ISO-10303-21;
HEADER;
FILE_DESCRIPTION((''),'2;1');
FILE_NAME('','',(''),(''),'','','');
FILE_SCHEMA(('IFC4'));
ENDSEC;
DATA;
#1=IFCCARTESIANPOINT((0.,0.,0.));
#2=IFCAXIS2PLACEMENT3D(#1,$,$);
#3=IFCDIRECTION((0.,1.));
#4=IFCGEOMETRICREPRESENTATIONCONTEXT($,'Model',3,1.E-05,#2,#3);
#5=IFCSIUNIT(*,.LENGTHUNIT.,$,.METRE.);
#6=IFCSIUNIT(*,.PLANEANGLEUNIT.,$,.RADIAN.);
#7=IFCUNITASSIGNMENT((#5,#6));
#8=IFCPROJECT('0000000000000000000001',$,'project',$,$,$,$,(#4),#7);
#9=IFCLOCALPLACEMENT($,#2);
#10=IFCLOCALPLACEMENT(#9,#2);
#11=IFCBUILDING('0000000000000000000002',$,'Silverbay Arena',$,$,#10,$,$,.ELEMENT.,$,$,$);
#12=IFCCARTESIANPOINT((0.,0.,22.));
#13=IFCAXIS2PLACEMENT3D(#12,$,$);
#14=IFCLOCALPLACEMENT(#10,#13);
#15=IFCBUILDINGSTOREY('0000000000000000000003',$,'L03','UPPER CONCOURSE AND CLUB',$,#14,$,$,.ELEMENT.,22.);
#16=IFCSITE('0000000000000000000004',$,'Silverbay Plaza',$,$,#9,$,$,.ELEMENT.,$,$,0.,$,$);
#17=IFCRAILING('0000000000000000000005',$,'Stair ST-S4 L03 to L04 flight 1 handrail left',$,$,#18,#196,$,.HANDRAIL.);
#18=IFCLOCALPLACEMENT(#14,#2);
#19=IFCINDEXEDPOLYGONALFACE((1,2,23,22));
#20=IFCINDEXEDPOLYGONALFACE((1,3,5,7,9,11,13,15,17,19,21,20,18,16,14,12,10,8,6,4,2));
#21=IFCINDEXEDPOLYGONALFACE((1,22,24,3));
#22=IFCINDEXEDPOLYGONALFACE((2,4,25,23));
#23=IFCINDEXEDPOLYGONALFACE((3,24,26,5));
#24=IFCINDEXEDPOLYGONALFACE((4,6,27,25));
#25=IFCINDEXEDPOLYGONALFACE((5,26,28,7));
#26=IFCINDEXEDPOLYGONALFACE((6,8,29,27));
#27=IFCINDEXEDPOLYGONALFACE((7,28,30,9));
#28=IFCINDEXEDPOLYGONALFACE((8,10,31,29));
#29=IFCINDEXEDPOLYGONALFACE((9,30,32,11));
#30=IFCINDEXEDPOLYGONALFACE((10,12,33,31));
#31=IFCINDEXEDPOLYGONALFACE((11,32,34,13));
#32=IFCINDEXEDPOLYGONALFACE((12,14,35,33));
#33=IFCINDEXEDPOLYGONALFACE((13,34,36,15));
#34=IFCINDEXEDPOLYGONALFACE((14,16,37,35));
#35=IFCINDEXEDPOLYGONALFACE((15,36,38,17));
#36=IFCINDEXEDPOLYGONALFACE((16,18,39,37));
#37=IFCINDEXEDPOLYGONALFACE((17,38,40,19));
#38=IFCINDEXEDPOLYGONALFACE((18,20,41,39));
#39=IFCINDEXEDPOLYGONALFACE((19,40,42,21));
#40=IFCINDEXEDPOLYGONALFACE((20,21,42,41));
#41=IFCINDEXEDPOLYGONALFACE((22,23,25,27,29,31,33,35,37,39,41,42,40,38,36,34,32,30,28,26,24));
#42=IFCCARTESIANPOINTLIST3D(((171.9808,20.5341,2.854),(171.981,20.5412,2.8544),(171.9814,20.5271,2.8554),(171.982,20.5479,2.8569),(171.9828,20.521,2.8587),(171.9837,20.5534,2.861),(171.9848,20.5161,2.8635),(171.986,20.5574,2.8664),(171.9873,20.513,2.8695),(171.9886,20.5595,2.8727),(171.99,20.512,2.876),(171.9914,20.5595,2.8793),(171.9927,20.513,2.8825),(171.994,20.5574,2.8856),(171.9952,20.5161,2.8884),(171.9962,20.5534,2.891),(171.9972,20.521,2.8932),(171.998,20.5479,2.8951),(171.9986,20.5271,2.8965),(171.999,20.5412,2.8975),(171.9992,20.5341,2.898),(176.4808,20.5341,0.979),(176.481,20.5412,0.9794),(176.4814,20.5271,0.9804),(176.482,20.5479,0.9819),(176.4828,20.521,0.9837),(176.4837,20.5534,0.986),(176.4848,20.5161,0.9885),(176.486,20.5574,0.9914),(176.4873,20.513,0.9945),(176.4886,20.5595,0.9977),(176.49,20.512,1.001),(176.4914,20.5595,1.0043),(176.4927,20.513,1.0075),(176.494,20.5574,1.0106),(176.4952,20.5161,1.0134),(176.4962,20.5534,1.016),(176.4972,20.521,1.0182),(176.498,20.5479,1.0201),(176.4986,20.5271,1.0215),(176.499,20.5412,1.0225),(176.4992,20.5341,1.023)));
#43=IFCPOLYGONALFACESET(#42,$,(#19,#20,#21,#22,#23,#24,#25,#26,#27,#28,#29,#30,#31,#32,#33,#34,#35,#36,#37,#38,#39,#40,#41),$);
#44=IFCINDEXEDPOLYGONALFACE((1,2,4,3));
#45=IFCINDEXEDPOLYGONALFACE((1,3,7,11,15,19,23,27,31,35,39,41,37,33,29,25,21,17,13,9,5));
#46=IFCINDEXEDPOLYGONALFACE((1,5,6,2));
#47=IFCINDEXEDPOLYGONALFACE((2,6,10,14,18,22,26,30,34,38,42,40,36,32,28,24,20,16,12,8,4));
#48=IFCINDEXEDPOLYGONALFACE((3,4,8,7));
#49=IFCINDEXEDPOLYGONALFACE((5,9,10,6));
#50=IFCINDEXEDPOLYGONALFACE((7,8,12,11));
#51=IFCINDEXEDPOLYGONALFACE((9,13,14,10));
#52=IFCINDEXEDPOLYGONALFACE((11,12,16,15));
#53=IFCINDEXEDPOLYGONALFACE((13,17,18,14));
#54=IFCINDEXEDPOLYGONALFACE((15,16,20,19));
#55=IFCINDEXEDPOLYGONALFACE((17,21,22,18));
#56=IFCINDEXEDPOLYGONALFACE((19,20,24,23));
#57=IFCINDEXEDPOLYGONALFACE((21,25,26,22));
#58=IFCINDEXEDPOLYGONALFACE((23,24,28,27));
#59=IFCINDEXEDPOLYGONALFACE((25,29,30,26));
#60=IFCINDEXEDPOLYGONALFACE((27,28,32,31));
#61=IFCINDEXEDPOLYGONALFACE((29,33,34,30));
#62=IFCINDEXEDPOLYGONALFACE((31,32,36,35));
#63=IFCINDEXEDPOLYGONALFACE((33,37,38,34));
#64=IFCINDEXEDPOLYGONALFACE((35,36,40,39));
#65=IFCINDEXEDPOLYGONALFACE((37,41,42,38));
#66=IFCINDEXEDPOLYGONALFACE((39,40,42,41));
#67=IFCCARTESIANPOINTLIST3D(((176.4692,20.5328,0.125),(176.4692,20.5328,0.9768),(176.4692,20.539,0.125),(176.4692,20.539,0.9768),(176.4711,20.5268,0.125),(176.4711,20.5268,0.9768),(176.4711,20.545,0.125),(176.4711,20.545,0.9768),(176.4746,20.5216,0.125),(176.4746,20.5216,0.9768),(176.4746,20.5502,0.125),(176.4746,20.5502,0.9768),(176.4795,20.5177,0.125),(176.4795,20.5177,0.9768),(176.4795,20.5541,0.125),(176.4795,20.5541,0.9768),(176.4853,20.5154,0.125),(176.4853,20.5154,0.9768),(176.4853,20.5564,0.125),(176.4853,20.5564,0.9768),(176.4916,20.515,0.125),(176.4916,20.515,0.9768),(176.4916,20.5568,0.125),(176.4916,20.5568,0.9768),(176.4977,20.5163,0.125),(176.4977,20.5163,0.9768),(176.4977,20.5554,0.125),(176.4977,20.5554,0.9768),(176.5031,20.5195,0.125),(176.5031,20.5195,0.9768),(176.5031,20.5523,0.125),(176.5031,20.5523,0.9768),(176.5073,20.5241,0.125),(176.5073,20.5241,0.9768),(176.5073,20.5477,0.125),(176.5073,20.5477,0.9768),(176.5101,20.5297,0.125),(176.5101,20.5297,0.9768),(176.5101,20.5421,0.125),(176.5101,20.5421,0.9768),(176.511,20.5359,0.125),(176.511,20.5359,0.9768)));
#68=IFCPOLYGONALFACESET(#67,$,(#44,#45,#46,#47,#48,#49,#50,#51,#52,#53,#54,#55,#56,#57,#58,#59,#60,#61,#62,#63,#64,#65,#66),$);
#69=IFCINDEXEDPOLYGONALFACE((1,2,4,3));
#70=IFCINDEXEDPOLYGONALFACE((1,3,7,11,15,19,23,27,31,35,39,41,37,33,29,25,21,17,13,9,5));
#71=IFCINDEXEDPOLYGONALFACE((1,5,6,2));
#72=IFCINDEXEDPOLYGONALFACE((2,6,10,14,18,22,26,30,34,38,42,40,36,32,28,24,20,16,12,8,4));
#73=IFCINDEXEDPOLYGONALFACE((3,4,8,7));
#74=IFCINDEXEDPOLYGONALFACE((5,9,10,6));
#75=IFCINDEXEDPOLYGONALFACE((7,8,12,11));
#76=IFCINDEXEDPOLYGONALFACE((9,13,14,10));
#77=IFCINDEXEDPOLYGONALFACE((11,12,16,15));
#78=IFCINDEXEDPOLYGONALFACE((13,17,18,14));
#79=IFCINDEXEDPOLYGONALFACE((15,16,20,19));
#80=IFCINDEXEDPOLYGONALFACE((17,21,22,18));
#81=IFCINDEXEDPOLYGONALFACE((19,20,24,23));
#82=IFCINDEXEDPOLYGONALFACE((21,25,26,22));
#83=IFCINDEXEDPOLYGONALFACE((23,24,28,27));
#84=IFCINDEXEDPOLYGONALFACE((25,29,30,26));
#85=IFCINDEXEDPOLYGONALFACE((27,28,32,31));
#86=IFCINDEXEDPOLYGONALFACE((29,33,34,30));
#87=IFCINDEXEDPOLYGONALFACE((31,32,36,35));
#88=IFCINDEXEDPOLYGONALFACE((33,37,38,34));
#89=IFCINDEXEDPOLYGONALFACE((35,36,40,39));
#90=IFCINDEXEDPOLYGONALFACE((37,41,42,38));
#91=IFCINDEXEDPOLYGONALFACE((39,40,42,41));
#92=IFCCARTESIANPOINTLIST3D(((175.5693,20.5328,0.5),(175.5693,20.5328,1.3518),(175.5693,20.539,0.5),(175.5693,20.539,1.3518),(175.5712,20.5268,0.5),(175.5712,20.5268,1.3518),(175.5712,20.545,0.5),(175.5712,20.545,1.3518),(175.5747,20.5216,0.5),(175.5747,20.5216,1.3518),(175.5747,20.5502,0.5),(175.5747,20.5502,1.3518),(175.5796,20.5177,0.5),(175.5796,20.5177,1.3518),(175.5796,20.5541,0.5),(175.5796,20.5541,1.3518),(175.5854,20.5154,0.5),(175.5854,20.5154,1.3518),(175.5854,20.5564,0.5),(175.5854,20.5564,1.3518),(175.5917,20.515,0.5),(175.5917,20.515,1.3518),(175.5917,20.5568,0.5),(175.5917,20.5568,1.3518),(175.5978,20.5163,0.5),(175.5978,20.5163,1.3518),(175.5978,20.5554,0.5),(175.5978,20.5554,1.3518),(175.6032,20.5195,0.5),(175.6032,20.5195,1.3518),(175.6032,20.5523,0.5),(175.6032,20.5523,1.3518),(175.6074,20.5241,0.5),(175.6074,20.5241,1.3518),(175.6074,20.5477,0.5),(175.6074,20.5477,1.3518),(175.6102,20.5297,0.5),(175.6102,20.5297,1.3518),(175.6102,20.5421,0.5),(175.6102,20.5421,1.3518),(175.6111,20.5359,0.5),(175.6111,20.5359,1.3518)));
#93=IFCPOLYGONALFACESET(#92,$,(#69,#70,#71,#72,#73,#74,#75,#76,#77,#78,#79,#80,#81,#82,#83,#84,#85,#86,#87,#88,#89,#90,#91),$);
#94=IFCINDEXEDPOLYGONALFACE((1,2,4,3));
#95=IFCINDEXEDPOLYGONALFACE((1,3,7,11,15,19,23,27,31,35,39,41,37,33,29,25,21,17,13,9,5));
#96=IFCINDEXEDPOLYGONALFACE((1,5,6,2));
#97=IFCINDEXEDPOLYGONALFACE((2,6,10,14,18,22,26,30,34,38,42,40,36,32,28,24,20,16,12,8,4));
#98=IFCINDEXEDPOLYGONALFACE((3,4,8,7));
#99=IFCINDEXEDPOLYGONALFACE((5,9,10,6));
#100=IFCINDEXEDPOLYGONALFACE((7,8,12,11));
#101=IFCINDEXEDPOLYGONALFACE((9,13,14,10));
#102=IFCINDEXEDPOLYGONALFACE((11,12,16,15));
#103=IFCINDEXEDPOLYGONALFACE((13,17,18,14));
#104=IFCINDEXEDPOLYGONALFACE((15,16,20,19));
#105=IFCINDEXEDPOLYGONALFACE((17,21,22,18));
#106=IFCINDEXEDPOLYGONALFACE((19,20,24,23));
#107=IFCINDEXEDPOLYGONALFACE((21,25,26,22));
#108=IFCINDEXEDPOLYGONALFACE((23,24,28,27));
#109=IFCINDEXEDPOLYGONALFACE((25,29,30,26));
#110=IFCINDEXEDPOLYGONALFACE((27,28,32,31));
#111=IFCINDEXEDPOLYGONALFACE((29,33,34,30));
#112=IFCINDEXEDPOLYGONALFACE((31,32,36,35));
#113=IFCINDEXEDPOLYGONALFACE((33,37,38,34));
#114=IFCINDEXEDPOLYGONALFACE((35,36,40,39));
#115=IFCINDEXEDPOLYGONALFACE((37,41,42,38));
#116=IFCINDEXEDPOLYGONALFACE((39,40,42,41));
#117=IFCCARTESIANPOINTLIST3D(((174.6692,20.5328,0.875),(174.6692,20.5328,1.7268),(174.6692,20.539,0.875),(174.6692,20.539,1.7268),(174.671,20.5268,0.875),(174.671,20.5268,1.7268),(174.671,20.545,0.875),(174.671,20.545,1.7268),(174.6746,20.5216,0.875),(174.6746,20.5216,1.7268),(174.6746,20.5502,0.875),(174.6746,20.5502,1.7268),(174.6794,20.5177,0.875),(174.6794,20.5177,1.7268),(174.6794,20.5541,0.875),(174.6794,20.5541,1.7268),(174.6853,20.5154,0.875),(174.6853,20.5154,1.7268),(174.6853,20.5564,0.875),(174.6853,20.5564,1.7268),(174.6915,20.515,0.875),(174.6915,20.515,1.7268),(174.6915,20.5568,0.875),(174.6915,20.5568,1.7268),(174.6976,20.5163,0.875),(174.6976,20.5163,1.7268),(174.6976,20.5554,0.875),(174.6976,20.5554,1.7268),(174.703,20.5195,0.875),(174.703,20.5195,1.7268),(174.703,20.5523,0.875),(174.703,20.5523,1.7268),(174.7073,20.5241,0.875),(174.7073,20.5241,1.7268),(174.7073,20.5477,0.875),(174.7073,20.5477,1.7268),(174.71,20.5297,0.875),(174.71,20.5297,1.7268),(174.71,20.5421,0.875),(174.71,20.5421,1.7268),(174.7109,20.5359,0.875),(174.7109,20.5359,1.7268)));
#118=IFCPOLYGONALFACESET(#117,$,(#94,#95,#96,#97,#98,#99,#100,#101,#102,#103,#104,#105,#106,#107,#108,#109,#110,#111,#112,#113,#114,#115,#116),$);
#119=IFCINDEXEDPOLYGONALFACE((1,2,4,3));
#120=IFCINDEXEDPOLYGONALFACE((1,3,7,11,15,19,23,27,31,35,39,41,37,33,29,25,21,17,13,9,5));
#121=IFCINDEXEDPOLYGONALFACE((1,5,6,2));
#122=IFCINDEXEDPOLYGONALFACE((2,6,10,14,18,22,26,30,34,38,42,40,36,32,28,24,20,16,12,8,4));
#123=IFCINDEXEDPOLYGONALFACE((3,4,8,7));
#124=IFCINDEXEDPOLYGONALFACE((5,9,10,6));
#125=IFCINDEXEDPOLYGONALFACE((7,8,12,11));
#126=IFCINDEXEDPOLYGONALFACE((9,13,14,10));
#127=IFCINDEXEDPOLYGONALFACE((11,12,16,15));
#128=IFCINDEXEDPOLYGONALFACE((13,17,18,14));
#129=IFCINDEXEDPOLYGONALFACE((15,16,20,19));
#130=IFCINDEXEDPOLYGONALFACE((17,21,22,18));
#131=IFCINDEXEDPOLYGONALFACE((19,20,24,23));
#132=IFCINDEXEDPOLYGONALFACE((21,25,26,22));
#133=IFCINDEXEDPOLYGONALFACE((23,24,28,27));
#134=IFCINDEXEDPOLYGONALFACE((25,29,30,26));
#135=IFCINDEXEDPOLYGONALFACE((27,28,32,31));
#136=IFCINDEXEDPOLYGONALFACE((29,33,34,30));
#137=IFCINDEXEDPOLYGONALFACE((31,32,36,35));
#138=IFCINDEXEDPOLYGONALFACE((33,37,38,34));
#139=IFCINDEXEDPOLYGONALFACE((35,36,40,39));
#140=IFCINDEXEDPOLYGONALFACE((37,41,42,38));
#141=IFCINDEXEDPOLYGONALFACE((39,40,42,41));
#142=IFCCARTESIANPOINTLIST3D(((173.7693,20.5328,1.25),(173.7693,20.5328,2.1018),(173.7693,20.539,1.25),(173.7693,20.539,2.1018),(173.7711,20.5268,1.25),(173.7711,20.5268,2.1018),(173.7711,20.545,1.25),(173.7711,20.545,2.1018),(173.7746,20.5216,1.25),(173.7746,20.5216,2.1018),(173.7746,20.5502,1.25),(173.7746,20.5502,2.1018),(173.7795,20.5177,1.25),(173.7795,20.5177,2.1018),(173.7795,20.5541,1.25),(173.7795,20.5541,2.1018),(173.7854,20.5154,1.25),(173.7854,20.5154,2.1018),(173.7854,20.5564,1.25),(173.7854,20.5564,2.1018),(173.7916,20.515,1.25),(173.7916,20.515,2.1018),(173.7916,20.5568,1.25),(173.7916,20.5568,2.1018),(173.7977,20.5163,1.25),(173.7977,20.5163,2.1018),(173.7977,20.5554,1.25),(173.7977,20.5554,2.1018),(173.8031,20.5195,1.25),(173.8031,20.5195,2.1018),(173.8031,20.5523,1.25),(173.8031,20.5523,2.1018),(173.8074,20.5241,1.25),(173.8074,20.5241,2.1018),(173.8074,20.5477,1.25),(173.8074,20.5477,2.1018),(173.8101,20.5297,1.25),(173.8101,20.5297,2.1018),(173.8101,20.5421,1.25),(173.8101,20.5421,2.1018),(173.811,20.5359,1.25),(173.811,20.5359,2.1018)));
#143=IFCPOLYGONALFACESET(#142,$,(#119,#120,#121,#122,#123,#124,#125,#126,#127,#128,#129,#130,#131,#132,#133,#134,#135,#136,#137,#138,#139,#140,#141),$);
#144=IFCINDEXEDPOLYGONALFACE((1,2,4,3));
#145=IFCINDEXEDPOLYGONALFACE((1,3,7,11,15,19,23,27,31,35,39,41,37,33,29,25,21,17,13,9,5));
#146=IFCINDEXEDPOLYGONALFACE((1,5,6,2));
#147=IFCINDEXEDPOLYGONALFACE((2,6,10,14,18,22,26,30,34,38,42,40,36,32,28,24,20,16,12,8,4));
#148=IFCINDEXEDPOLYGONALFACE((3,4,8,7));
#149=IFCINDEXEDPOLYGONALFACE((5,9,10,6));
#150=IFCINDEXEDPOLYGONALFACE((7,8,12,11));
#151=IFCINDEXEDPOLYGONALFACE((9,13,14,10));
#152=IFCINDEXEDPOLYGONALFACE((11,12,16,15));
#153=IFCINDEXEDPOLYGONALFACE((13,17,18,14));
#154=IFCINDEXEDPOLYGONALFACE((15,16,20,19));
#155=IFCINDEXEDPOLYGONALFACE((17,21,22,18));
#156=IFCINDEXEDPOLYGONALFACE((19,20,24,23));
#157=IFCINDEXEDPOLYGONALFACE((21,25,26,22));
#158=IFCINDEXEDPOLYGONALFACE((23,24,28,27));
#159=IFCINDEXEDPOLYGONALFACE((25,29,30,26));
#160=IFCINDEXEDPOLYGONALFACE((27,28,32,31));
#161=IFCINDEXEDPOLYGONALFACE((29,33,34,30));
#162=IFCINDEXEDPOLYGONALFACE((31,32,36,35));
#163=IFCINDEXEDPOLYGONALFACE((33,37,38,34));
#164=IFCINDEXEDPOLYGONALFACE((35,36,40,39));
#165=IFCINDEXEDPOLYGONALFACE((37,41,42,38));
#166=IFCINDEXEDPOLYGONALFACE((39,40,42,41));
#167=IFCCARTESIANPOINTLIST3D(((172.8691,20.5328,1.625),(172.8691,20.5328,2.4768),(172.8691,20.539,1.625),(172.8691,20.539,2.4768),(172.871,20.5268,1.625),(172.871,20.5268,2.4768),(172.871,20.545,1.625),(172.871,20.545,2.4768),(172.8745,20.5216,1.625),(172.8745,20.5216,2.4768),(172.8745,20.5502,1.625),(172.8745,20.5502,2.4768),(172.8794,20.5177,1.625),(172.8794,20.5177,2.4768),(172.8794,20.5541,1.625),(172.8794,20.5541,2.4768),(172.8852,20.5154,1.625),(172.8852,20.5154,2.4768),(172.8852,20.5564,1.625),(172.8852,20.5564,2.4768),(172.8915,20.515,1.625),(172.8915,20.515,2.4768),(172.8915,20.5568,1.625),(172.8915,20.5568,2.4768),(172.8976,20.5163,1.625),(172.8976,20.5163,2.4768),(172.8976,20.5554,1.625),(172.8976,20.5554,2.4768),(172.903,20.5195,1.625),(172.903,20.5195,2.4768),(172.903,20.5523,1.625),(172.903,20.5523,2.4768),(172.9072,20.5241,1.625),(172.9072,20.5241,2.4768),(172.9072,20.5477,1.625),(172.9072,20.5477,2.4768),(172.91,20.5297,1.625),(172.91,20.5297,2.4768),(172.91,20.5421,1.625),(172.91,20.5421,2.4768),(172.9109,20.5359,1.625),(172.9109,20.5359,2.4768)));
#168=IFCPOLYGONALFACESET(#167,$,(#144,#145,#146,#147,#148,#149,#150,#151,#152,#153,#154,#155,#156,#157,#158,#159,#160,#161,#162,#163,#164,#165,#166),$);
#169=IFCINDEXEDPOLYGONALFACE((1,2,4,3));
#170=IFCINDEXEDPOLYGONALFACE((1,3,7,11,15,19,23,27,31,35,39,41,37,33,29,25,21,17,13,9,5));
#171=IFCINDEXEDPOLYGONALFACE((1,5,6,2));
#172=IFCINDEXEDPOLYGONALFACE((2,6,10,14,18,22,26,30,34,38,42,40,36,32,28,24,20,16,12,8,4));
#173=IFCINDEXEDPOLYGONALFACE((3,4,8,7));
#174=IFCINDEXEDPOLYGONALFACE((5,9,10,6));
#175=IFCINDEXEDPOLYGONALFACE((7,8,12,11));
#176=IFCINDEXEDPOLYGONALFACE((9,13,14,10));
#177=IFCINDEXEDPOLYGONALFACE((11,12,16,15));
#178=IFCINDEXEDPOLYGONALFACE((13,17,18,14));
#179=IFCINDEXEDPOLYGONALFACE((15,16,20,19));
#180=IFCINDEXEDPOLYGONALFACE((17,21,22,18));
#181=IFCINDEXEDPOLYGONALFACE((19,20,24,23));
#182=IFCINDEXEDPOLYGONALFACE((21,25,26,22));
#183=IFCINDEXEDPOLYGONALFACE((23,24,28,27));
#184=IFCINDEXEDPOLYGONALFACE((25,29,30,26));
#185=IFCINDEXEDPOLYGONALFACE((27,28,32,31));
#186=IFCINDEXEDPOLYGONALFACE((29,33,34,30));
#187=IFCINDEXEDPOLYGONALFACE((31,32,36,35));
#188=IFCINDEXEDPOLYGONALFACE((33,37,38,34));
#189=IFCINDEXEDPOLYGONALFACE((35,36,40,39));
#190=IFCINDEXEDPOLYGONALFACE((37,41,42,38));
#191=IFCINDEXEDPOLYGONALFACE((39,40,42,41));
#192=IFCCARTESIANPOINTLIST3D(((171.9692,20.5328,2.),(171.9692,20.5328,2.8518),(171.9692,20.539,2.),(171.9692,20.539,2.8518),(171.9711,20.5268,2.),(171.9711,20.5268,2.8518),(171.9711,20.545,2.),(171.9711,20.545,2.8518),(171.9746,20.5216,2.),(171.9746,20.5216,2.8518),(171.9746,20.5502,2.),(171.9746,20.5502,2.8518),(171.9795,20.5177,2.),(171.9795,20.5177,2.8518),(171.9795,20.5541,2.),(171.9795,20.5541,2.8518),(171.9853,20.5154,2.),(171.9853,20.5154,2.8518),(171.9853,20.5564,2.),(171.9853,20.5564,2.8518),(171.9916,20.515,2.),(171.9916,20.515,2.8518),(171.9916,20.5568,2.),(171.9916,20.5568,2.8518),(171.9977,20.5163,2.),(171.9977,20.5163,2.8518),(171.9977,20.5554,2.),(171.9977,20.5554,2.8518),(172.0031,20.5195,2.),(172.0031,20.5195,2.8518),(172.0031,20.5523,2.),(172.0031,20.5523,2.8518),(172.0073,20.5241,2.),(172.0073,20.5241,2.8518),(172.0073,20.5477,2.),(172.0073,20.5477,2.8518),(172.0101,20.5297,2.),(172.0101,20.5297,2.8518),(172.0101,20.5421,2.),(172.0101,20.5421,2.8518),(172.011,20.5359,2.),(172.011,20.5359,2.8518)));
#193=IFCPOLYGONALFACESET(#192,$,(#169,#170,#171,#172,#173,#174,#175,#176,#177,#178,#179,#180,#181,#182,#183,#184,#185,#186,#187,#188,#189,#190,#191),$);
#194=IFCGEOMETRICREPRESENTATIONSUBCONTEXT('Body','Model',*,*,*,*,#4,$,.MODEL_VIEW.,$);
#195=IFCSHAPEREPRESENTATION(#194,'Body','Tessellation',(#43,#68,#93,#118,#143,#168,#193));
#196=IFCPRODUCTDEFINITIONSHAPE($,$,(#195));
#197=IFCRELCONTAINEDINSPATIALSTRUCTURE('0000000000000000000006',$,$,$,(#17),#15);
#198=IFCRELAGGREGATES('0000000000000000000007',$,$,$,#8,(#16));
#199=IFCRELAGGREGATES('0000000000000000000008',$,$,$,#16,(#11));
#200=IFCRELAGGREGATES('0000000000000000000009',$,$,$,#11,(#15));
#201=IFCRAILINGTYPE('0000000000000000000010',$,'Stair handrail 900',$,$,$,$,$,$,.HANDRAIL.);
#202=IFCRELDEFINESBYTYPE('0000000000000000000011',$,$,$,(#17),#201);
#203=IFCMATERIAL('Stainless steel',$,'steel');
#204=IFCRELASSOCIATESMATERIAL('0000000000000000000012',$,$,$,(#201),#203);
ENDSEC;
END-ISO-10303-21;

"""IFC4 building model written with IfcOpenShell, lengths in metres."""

from ifc_helpers import new_model, si_unit, direction, frame, origin, origin_2d, place, context, subcontext, project, spatial, circle, extrude, material, type_object, element, save


model = new_model("IFC4")

# Units and contexts
model_context = context("Model", 3, precision=1e-05, world=origin(), true_north=direction((0.0, 1.0)))
body_context = subcontext(model_context, "Body", "Model", "MODEL_VIEW")
ifc_project = project(units=[si_unit("LENGTHUNIT", "METRE"), si_unit("PLANEANGLEUNIT", "RADIAN")], contexts=[model_context])

# Site, building, storey
site_placement = place(None, origin())
site = spatial("IfcSite", under=ifc_project, at=site_placement, Name="Silverbay Plaza", CompositionType="ELEMENT", RefElevation=0.0)
building_placement = place(site_placement, origin())
building = spatial("IfcBuilding", under=site, at=building_placement, Name="Silverbay Arena", CompositionType="ELEMENT")
storey_placement = place(building_placement, frame((0.0, 0.0, 22.0)))
storey = spatial("IfcBuildingStorey", under=building, at=storey_placement, Name="L03", Description="UPPER CONCOURSE AND CLUB", CompositionType="ELEMENT", Elevation=22.0)

# Railing
ifc_material_1 = material(Name="Stainless steel", Category="steel")
railing_type_1 = type_object("IfcRailingType", Name="Stair handrail 900", PredefinedType="HANDRAIL", material=ifc_material_1)
for number, where, name in (
    (1, (176.49, 20.5359, 0.125), "Stair ST-S4 L03 to L04 flight 1 handrail left"),
):
    element("IfcRailing", number, at=place(storey_placement, frame(where)), inside=storey, type_object=railing_type_1, Name=name, PredefinedType="HANDRAIL", context=body_context, shape_type="SweptSolid", body=[
        extrude(circle(Radius=0.0239, at=origin_2d()), frame((0.0, 0.0, 0.876), z_axis=(-0.923077, 0.0, 0.384615), x_axis=(0.0, -1.0, 0.0)), (0.0, 0.0, 1.0), 4.875),
        extrude(circle(Radius=0.021, at=origin_2d()), origin(), (0.0, 0.0, 1.0), 0.8518),
        extrude(circle(Radius=0.021, at=origin_2d()), frame((-0.8999, 0.0, 0.375)), (0.0, 0.0, 1.0), 0.8518),
        extrude(circle(Radius=0.021, at=origin_2d()), frame((-1.8, 0.0, 0.75)), (0.0, 0.0, 1.0), 0.8518),
        extrude(circle(Radius=0.021, at=origin_2d()), frame((-2.7, 0.0, 1.125)), (0.0, 0.0, 1.0), 0.8518),
        extrude(circle(Radius=0.021, at=origin_2d()), frame((-3.6001, 0.0, 1.5)), (0.0, 0.0, 1.0), 0.8518),
        extrude(circle(Radius=0.021, at=origin_2d()), frame((-4.5, 0.0, 1.875)), (0.0, 0.0, 1.0), 0.8518),
    ])

save(model, "model.ifc")
